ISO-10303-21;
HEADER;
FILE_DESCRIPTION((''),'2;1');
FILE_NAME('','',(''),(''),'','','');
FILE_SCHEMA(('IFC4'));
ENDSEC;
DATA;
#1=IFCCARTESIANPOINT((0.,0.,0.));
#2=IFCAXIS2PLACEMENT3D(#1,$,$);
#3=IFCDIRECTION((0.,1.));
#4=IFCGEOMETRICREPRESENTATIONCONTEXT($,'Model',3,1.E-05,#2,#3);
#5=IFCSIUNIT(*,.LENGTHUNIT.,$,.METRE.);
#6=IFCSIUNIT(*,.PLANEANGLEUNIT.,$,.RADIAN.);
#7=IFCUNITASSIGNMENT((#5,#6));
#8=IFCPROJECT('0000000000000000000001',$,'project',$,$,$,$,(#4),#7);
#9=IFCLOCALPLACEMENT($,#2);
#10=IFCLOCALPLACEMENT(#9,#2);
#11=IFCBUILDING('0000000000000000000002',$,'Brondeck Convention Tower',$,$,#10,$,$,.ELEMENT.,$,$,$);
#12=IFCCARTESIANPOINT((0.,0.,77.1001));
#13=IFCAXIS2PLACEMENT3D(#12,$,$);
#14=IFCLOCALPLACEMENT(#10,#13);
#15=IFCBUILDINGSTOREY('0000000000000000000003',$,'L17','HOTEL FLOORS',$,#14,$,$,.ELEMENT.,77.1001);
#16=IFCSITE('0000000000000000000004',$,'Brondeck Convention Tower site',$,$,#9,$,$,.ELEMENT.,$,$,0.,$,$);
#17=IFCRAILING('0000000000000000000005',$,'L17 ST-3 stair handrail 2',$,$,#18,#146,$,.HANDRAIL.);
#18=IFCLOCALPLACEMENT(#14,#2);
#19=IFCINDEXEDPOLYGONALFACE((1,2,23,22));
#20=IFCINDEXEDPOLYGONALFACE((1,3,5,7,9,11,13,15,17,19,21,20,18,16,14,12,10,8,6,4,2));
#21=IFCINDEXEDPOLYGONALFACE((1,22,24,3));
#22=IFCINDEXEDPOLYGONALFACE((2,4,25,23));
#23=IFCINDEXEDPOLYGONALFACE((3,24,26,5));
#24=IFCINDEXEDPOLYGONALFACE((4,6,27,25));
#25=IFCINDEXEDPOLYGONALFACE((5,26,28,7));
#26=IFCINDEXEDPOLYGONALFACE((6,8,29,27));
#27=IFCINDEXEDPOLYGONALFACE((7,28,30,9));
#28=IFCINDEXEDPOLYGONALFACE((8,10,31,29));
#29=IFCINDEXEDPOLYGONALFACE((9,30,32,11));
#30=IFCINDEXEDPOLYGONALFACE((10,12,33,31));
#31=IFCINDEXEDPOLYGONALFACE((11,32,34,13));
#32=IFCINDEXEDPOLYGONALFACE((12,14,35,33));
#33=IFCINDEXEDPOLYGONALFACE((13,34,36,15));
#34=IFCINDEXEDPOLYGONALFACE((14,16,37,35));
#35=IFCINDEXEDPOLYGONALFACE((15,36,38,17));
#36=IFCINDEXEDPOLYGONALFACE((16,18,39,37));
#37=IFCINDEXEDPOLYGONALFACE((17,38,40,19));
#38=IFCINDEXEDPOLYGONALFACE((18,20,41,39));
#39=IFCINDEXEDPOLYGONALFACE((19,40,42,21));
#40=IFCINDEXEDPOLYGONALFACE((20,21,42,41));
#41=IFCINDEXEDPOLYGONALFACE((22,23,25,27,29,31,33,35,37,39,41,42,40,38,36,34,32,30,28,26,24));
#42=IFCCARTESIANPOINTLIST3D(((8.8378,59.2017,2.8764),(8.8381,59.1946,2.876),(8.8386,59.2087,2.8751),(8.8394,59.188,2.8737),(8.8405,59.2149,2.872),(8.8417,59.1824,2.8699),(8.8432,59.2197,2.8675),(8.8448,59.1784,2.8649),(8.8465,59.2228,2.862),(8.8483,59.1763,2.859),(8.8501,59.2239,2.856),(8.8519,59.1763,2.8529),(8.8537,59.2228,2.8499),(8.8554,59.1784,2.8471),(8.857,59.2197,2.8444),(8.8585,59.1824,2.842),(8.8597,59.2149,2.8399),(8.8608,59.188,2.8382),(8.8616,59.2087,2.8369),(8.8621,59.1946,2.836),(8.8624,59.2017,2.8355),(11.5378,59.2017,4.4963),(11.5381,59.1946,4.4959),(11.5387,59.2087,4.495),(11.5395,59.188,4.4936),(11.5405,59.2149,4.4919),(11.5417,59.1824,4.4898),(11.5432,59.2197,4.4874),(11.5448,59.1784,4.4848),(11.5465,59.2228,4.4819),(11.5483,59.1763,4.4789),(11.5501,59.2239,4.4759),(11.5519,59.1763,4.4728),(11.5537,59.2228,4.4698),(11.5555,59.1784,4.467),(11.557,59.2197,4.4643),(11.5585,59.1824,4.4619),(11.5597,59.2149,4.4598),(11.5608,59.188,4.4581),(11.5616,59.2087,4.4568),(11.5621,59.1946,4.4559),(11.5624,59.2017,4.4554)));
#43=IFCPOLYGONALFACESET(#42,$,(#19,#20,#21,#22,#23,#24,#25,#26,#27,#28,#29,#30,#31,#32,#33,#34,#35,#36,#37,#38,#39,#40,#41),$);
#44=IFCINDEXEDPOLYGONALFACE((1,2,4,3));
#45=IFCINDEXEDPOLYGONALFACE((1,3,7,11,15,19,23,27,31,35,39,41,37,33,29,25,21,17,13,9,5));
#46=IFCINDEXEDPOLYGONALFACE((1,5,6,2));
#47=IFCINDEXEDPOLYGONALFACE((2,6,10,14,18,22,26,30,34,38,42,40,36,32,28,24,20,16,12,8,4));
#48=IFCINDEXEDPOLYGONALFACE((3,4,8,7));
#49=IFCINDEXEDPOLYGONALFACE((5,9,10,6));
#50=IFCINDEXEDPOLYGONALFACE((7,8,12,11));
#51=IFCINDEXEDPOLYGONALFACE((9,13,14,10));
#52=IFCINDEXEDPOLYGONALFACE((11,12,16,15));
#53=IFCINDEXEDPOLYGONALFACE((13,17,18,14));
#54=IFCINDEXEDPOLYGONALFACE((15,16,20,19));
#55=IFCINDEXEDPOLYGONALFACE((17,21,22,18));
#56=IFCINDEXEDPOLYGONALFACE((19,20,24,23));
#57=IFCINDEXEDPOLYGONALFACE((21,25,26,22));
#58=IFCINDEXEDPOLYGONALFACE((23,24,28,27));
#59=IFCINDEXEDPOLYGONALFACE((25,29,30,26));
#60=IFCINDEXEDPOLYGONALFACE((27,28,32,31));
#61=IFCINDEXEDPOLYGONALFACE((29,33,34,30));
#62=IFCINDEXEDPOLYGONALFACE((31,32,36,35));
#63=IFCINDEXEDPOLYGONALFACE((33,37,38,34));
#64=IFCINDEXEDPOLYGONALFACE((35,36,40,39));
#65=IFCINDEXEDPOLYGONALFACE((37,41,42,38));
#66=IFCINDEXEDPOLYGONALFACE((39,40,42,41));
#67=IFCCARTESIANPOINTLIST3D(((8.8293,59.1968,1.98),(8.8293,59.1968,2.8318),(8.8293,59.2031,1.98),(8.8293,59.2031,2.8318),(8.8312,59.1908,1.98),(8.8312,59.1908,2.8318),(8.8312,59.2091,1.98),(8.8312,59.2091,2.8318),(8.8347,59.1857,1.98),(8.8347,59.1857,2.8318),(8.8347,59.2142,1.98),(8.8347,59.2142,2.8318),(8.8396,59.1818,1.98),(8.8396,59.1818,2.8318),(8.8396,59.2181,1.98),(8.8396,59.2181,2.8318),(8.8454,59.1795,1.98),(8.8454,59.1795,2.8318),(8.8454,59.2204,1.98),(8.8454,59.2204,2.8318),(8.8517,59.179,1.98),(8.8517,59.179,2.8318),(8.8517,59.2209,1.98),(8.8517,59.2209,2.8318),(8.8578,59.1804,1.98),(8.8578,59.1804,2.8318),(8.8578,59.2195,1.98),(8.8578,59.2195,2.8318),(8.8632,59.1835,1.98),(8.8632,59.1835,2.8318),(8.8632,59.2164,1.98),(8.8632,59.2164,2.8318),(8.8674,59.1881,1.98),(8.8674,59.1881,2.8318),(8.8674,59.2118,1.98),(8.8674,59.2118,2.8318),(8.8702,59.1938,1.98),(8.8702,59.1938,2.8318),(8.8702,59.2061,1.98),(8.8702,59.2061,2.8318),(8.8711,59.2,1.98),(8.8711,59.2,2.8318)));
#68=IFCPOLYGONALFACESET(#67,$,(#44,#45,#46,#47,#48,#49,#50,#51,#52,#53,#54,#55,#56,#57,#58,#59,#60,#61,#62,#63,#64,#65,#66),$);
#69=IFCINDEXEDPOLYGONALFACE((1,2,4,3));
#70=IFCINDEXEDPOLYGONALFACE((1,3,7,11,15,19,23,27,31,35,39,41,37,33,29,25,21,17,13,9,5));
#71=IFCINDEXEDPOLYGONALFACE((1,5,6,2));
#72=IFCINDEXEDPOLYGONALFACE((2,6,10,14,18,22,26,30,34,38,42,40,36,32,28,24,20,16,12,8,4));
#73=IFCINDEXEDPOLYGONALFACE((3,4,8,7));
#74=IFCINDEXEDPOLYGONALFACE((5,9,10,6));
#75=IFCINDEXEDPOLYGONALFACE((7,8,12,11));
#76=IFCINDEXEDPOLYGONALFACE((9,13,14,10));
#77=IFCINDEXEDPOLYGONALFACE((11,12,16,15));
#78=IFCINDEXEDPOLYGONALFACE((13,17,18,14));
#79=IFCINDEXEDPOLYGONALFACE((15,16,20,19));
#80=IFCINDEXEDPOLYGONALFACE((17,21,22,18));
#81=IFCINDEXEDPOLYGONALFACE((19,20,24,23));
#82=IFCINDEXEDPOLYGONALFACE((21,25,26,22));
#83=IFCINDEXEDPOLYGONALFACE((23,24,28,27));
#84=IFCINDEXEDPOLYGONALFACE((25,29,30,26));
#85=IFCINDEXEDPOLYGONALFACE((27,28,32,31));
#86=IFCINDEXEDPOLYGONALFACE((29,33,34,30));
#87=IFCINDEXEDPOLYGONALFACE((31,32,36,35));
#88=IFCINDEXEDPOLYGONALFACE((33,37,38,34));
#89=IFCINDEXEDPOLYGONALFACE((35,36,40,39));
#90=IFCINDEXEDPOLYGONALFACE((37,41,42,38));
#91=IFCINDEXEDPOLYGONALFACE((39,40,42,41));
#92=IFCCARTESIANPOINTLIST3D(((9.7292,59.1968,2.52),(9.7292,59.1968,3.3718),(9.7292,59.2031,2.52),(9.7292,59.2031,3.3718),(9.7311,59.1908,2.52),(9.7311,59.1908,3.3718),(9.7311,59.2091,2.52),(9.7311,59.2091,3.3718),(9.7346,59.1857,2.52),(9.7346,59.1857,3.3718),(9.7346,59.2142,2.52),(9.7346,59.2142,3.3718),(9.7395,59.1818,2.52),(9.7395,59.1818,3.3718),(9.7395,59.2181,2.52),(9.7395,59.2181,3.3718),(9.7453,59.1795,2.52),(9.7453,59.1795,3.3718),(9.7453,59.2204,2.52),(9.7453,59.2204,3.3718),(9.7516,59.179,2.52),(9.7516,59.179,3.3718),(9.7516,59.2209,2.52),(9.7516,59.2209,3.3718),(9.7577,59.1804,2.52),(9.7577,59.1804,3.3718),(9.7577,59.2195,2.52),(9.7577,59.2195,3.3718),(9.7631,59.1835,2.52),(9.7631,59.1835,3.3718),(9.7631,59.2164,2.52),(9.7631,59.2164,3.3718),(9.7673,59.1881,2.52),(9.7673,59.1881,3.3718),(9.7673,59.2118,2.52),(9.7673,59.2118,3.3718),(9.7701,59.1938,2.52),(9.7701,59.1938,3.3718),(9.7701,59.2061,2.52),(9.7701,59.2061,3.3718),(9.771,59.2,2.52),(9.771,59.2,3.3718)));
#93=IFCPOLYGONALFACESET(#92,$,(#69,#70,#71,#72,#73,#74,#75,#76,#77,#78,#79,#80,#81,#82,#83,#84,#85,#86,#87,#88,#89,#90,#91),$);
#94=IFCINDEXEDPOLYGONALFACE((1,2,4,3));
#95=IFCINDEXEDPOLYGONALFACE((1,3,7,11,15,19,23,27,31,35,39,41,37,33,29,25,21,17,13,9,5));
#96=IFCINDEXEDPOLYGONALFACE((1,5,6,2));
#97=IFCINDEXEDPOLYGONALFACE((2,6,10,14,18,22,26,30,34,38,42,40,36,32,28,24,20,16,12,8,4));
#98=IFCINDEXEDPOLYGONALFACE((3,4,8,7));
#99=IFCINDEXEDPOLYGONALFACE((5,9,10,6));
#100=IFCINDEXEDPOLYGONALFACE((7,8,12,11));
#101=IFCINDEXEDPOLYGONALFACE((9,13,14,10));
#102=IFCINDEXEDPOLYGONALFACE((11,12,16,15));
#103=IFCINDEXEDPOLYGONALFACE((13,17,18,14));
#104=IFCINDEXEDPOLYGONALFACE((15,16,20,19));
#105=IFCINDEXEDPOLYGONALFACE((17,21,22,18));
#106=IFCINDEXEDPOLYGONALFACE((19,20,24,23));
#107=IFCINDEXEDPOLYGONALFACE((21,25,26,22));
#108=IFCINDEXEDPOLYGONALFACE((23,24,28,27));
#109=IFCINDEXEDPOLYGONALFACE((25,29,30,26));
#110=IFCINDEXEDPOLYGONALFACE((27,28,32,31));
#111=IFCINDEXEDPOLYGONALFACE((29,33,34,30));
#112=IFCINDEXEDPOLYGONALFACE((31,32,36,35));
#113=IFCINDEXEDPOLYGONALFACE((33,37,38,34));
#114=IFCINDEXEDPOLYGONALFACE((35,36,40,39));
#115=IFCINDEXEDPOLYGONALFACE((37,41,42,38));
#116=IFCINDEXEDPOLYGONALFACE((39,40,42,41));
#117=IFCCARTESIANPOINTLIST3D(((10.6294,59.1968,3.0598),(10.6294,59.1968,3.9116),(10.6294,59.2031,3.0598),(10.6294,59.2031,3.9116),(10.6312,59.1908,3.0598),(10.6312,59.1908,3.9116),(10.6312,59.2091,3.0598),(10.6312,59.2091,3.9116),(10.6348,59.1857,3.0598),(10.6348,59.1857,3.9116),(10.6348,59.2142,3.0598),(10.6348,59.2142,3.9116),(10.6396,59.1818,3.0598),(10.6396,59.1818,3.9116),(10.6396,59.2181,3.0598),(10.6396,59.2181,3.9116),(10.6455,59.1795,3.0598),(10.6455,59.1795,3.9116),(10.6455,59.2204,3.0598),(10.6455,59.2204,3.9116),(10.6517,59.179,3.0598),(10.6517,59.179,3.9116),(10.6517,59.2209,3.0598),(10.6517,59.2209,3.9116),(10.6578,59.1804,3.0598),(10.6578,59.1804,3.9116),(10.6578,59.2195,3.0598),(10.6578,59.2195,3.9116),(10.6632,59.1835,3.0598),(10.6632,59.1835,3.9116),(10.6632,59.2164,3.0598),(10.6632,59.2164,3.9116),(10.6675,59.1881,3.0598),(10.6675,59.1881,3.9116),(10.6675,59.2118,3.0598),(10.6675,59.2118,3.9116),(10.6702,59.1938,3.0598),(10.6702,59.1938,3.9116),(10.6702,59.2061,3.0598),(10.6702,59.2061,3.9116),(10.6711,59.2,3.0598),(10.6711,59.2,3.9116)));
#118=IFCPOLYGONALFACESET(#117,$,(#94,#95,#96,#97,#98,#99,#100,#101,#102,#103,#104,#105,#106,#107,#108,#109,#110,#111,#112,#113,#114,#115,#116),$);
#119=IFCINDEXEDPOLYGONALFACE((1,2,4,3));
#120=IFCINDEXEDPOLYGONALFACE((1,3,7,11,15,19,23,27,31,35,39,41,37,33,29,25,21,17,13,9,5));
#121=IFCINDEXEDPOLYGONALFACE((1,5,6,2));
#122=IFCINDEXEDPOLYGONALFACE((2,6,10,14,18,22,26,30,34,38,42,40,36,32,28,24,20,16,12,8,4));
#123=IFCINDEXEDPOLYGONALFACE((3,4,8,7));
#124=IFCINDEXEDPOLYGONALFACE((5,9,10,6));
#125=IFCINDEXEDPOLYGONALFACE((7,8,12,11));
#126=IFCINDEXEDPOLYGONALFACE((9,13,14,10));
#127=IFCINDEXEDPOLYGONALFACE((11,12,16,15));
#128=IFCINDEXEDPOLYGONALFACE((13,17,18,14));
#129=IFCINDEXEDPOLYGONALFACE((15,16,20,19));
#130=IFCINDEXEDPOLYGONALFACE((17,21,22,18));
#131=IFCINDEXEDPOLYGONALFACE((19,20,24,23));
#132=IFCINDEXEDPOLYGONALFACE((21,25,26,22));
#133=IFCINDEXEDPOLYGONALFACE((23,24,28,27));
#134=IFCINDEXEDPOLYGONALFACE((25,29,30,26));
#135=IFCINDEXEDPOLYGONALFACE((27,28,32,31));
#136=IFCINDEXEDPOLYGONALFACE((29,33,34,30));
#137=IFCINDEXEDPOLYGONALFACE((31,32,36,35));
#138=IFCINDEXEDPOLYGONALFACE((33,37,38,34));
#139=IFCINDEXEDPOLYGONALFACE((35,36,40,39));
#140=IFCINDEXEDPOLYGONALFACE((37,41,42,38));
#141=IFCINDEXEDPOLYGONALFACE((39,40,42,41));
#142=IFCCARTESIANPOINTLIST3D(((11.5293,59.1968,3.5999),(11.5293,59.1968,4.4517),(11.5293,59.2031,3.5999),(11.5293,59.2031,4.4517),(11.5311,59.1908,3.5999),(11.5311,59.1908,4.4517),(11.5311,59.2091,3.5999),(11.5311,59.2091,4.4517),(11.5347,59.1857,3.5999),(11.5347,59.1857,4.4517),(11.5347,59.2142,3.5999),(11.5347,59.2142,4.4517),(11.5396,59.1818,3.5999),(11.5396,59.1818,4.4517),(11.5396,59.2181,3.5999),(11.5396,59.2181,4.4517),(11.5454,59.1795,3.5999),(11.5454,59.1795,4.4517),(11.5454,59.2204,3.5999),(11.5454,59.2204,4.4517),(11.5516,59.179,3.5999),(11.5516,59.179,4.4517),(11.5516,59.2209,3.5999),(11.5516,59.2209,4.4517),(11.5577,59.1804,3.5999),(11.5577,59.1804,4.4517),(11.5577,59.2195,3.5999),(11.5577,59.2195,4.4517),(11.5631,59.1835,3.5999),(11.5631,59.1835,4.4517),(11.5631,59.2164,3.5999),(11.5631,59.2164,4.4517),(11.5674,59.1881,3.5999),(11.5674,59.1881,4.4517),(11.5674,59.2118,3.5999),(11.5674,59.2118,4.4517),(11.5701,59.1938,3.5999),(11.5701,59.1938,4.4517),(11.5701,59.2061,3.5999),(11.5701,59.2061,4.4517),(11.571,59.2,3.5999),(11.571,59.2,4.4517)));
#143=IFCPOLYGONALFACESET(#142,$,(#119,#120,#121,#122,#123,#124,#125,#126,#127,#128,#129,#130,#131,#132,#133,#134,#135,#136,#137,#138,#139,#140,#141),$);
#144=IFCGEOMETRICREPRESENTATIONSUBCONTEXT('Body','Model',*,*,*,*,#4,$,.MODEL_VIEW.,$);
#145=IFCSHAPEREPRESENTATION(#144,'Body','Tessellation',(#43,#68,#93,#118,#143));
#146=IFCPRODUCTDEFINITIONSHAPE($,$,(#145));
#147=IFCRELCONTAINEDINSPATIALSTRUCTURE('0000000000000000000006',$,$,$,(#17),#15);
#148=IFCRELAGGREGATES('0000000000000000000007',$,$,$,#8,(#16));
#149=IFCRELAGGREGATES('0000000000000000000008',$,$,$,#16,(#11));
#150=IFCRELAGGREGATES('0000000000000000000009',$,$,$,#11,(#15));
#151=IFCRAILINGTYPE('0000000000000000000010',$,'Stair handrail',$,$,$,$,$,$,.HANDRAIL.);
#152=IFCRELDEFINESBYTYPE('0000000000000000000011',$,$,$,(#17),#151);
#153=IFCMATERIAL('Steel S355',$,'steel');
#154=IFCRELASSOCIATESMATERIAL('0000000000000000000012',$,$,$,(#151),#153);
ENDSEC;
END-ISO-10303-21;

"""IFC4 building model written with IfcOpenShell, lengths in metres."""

from ifc_helpers import new_model, si_unit, direction, frame, origin, origin_2d, place, context, subcontext, project, spatial, circle, extrude, material, type_object, element, save


model = new_model("IFC4")

# Units and contexts
model_context = context("Model", 3, precision=1e-05, world=origin(), true_north=direction((0.0, 1.0)))
body_context = subcontext(model_context, "Body", "Model", "MODEL_VIEW")
ifc_project = project(units=[si_unit("LENGTHUNIT", "METRE"), si_unit("PLANEANGLEUNIT", "RADIAN")], contexts=[model_context])

# Site, building, storey
site_placement = place(None, origin())
site = spatial("IfcSite", under=ifc_project, at=site_placement, Name="Brondeck Convention Tower site", CompositionType="ELEMENT", RefElevation=0.0)
building_placement = place(site_placement, origin())
building = spatial("IfcBuilding", under=site, at=building_placement, Name="Brondeck Convention Tower", CompositionType="ELEMENT")
storey_placement = place(building_placement, frame((0.0, 0.0, 77.1001)))
storey = spatial("IfcBuildingStorey", under=building, at=storey_placement, Name="L17", Description="HOTEL FLOORS", CompositionType="ELEMENT", Elevation=77.1001)

# Railing
ifc_material_1 = material(Name="Steel S355", Category="steel")
railing_type = type_object("IfcRailingType", Name="Stair handrail", PredefinedType="HANDRAIL", material=ifc_material_1)
railing_placement = place(storey_placement, frame((8.8501, 59.2, 1.98)))
element("IfcRailing", 1, at=railing_placement, inside=storey, type_object=railing_type, Name="L17 ST-3 stair handrail 2", PredefinedType="HANDRAIL", context=body_context, shape_type="SweptSolid", body=[
    extrude(circle(Radius=0.0239, at=origin_2d()), frame((0.0, 0.0, 0.876), z_axis=(0.857507, 0.0, 0.514473), x_axis=(0.0, 1.0, 0.0)), (0.0, 0.0, 1.0), 3.1487),
    extrude(circle(Radius=0.021, at=origin_2d()), origin(), (0.0, 0.0, 1.0), 0.8518),
    extrude(circle(Radius=0.021, at=origin_2d()), frame((0.8999, 0.0, 0.54)), (0.0, 0.0, 1.0), 0.8518),
    extrude(circle(Radius=0.021, at=origin_2d()), frame((1.8, 0.0, 1.0798)), (0.0, 0.0, 1.0), 0.8518),
    extrude(circle(Radius=0.021, at=origin_2d()), frame((2.7, 0.0, 1.6199)), (0.0, 0.0, 1.0), 0.8518),
])

save(model, "model.ifc")
